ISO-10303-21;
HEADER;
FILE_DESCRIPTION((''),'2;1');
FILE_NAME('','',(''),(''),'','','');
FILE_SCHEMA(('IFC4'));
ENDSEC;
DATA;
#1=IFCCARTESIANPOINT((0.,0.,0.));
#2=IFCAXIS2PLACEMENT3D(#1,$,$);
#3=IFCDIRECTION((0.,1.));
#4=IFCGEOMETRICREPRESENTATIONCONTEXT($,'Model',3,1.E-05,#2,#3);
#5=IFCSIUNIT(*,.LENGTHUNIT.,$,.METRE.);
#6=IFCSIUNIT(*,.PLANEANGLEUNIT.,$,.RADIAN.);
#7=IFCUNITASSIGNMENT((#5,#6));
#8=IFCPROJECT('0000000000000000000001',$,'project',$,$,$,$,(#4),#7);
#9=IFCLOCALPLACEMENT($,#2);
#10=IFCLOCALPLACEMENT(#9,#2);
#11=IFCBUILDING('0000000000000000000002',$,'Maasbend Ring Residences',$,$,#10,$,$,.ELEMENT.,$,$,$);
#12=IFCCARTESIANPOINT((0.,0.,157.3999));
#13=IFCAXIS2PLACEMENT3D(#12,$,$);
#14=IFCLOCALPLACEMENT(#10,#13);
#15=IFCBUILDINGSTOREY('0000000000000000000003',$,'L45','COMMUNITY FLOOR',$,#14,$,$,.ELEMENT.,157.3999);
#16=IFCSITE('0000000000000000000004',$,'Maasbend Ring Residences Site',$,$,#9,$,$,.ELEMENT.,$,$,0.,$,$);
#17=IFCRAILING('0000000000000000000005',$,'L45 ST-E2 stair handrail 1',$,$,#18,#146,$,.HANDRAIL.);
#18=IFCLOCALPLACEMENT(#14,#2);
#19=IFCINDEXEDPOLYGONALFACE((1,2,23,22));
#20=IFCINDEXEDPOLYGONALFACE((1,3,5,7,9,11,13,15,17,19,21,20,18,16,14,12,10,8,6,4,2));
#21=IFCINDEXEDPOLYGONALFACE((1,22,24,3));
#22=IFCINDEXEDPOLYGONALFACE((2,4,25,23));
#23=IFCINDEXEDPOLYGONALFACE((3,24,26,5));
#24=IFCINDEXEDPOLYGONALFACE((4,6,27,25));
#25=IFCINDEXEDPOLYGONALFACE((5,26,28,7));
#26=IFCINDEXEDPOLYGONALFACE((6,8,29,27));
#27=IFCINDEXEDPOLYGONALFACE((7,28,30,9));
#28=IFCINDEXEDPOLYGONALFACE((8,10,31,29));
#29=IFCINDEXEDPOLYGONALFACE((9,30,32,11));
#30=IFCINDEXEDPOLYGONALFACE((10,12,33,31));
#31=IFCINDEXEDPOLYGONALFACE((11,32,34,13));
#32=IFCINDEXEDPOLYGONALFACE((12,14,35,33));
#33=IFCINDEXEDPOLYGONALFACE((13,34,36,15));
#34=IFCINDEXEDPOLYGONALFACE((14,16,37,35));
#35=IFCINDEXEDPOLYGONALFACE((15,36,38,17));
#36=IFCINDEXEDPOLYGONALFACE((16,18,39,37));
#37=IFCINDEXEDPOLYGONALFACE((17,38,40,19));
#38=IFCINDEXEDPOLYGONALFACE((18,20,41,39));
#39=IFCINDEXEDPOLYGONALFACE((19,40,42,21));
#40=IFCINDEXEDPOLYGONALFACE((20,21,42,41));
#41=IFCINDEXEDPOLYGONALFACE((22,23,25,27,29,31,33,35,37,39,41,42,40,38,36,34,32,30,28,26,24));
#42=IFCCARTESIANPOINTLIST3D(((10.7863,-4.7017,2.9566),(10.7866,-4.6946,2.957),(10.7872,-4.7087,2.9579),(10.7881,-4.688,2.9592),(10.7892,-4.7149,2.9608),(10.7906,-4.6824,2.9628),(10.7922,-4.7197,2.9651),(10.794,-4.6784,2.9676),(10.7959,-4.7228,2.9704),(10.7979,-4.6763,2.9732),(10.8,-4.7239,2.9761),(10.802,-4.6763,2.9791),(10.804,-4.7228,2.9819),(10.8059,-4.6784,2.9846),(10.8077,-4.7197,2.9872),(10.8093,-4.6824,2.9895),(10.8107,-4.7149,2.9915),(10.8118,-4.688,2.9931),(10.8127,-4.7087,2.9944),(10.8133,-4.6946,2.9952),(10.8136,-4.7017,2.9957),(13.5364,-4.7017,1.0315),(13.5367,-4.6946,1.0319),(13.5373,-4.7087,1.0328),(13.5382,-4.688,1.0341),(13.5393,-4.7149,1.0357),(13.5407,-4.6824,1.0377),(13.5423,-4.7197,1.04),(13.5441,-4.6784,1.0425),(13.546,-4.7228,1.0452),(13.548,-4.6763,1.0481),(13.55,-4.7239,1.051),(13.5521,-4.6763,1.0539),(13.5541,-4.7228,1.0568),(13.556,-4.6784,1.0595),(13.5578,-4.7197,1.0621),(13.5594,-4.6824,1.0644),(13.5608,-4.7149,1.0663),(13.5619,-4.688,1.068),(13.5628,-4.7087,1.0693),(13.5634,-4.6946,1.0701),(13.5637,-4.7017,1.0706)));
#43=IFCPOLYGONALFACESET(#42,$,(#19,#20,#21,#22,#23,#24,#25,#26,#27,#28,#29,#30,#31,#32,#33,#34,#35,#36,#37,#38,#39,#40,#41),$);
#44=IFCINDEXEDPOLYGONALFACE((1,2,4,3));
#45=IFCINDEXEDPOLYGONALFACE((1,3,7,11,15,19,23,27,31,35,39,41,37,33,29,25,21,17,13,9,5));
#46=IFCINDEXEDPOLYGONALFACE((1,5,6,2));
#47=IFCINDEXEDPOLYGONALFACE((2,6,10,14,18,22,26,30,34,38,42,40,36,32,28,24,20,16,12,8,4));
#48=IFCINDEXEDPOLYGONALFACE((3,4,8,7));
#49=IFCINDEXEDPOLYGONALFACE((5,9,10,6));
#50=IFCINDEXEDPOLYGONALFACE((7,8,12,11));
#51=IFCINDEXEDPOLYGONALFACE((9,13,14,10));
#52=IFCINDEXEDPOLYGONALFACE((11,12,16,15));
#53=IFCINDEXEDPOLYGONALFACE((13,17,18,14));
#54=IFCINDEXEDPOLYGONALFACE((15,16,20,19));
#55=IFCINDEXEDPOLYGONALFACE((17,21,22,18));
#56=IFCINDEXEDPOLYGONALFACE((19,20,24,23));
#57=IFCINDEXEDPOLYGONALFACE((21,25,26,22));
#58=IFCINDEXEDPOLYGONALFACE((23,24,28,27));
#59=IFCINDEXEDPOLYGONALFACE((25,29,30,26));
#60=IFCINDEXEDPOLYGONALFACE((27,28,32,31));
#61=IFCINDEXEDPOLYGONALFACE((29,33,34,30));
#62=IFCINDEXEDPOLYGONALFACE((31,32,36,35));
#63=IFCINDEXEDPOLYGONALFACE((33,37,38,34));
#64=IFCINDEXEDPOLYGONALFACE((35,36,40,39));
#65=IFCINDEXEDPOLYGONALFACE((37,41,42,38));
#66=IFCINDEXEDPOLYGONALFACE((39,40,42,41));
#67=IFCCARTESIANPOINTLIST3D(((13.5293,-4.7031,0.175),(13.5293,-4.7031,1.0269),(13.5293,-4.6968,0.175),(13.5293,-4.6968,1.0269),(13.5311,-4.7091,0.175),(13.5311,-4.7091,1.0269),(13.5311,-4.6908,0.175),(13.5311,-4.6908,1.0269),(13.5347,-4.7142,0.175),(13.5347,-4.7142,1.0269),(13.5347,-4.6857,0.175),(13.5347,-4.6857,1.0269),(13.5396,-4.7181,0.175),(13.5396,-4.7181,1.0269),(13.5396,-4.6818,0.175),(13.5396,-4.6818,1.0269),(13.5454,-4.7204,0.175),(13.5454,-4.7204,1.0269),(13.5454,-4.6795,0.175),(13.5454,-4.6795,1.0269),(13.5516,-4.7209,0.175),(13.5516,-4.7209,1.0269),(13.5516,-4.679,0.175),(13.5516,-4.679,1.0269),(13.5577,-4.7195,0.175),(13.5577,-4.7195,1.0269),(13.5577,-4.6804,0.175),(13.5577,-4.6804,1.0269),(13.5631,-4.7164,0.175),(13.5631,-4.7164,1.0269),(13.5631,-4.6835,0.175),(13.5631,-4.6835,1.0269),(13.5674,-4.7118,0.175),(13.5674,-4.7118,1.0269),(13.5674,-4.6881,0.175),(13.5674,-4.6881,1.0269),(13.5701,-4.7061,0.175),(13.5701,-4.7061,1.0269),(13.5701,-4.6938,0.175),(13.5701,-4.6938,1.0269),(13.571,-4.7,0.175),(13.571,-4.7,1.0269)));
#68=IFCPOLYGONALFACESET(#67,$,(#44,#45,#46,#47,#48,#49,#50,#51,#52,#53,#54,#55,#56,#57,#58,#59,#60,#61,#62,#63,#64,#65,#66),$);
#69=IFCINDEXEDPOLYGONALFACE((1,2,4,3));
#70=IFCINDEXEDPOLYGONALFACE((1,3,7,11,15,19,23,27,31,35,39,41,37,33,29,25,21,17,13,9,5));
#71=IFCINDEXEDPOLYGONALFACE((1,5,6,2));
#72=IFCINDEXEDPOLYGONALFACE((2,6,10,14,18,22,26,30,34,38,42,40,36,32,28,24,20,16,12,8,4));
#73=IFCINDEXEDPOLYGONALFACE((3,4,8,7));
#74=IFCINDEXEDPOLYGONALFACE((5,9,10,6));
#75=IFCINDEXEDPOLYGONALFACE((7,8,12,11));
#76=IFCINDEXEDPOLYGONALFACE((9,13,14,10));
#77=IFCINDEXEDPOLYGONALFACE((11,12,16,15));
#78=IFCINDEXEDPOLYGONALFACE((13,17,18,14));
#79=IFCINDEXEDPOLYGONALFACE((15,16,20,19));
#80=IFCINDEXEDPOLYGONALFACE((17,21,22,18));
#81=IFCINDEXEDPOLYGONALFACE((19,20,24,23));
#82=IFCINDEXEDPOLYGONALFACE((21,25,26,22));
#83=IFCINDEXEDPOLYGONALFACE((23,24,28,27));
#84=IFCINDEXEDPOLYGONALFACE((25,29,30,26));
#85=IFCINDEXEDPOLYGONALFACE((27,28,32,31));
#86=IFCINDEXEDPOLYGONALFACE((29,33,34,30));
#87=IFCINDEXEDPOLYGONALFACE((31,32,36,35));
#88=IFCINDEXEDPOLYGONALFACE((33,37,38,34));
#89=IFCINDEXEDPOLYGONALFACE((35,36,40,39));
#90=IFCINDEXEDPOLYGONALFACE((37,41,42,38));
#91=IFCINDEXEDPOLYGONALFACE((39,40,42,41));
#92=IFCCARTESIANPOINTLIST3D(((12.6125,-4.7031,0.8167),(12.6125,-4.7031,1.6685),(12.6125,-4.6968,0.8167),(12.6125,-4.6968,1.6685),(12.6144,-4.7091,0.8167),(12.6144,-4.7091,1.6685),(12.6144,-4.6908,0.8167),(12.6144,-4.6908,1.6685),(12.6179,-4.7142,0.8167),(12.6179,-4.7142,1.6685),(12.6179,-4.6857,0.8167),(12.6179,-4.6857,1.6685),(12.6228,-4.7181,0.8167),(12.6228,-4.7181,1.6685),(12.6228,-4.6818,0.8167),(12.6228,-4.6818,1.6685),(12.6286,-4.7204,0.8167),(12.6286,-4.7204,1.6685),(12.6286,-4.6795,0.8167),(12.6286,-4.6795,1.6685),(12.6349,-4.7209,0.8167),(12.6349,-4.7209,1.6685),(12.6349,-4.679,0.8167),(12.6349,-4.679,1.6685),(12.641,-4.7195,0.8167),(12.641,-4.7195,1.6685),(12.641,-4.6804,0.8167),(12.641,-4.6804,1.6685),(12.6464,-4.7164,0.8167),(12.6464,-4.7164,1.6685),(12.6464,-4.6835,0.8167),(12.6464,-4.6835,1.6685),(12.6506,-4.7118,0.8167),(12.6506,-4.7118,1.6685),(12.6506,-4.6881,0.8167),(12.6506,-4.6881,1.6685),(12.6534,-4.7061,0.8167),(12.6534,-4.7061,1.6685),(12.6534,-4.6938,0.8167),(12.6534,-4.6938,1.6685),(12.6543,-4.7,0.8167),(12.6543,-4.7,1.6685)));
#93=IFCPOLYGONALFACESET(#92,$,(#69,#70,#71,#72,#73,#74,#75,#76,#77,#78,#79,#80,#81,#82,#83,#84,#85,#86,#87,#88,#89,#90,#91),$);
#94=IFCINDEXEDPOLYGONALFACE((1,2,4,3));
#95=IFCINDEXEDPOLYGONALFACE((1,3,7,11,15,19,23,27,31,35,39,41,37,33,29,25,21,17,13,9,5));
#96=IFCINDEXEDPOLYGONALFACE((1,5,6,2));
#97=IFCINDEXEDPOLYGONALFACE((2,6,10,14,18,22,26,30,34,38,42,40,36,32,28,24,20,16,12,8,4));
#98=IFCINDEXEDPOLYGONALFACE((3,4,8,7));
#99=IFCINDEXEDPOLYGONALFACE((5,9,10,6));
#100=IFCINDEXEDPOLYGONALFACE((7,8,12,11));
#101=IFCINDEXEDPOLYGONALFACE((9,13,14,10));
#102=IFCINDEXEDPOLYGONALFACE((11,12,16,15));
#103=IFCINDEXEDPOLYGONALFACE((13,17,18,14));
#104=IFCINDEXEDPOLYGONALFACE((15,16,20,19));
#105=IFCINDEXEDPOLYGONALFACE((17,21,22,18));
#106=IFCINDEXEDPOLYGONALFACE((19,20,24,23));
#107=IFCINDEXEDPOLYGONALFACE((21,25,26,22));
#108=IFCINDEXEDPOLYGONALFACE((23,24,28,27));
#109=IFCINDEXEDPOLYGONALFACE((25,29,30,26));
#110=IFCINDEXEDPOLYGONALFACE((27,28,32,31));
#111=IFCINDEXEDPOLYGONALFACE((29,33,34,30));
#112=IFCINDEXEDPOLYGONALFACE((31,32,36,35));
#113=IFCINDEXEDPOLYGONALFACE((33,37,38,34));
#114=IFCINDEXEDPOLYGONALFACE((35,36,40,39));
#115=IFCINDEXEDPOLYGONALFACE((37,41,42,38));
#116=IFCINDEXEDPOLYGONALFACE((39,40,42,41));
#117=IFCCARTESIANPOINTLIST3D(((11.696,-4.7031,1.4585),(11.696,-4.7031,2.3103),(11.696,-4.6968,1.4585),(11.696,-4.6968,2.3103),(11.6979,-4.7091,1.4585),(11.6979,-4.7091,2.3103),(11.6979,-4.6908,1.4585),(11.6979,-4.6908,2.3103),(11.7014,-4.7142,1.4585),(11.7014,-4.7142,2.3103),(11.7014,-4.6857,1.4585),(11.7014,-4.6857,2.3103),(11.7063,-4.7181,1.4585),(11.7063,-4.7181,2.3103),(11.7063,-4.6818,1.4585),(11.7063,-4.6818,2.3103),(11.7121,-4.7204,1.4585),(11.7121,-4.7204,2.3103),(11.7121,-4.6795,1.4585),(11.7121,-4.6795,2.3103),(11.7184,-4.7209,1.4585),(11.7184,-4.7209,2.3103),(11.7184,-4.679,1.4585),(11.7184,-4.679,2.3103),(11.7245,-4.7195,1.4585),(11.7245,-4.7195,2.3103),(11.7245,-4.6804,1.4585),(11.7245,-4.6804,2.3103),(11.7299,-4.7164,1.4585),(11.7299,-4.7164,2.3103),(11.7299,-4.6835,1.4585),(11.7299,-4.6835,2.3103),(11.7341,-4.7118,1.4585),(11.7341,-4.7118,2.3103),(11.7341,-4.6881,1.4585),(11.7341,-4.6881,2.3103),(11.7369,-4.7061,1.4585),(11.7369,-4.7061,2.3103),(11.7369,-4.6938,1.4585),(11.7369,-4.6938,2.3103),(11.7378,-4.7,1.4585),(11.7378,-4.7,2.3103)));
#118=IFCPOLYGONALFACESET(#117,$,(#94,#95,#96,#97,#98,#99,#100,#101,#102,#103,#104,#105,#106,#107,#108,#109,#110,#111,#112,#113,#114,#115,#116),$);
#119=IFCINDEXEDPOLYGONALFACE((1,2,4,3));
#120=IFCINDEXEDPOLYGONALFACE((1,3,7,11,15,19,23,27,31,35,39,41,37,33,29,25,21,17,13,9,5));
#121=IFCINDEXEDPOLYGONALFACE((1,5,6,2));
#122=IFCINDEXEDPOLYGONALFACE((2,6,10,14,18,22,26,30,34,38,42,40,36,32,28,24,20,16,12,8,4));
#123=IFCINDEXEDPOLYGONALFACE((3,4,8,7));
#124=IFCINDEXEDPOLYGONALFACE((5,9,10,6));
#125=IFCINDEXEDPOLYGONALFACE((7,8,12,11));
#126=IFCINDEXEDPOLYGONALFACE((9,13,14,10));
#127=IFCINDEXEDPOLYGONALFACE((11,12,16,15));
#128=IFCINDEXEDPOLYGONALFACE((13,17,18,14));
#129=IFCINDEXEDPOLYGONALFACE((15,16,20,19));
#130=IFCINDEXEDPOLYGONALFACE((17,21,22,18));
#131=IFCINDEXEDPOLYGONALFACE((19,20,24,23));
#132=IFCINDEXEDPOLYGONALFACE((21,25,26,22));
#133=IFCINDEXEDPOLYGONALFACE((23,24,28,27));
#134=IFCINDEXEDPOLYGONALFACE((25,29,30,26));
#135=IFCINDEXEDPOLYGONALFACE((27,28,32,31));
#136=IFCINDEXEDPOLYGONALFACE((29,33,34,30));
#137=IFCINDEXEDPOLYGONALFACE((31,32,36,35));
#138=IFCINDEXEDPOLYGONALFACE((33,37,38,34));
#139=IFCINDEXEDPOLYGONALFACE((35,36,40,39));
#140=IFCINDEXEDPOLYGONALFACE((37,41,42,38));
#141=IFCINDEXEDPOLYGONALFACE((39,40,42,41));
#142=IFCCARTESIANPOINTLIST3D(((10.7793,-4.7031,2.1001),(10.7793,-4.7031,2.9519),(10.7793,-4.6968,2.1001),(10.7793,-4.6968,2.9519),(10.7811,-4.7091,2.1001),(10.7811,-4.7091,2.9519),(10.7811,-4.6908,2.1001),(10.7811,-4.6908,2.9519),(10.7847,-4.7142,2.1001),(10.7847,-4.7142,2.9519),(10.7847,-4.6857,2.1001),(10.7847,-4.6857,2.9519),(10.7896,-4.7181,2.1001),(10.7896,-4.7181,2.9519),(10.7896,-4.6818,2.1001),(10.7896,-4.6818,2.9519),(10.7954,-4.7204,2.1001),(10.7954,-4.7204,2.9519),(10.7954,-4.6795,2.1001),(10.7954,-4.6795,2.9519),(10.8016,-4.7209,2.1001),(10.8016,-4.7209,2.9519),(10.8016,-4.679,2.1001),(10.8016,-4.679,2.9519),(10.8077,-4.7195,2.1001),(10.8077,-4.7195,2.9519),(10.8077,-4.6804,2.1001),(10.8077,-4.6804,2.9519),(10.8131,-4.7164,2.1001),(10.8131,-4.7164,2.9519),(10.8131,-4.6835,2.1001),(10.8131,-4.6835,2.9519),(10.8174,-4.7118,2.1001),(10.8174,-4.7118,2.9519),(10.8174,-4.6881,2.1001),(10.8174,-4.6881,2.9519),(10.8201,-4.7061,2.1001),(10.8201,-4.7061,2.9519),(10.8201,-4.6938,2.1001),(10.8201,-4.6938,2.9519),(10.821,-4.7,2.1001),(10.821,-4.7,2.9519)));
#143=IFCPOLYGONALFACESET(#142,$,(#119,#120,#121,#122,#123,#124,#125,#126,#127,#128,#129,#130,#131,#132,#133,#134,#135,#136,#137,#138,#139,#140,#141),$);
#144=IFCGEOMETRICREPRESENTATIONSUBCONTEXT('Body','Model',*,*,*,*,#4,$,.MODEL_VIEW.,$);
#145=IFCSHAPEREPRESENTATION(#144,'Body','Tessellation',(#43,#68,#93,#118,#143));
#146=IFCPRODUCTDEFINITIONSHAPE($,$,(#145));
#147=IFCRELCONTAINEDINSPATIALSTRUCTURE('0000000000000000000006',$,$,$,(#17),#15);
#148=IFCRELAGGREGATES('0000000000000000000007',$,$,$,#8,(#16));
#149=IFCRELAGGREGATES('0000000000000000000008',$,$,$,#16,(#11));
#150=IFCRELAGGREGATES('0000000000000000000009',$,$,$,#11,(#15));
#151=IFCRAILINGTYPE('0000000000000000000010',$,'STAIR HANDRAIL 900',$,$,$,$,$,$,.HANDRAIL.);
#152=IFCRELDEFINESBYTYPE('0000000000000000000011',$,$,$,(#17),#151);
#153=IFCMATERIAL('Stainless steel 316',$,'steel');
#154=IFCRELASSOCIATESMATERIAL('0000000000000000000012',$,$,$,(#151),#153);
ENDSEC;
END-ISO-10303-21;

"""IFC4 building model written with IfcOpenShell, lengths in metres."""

from ifc_helpers import new_model, si_unit, direction, frame, origin, origin_2d, place, context, subcontext, project, spatial, circle, extrude, material, type_object, element, save


model = new_model("IFC4")

# Units and contexts
model_context = context("Model", 3, precision=1e-05, world=origin(), true_north=direction((0.0, 1.0)))
body_context = subcontext(model_context, "Body", "Model", "MODEL_VIEW")
ifc_project = project(units=[si_unit("LENGTHUNIT", "METRE"), si_unit("PLANEANGLEUNIT", "RADIAN")], contexts=[model_context])

# Site, building, storey
site_placement = place(None, origin())
site = spatial("IfcSite", under=ifc_project, at=site_placement, Name="Maasbend Ring Residences Site", CompositionType="ELEMENT", RefElevation=0.0)
building_placement = place(site_placement, origin())
building = spatial("IfcBuilding", under=site, at=building_placement, Name="Maasbend Ring Residences", CompositionType="ELEMENT")
storey_placement = place(building_placement, frame((0.0, 0.0, 157.3999)))
storey = spatial("IfcBuildingStorey", under=building, at=storey_placement, Name="L45", Description="COMMUNITY FLOOR", CompositionType="ELEMENT", Elevation=157.3999)

# Railing
ifc_material_1 = material(Name="Stainless steel 316", Category="steel")
railing_type_1 = type_object("IfcRailingType", Name="STAIR HANDRAIL 900", PredefinedType="HANDRAIL", material=ifc_material_1)
railing_1_placement = place(storey_placement, frame((13.55, -4.7, 0.175)))
element("IfcRailing", 1, at=railing_1_placement, inside=storey, type_object=railing_type_1, Name="L45 ST-E2 stair handrail 1", PredefinedType="HANDRAIL", context=body_context, shape_type="SweptSolid", body=[
    extrude(circle(Radius=0.0239, at=origin_2d()), frame((0.0, 0.0, 0.876), z_axis=(-0.819225, 0.0, 0.573472), x_axis=(0.0, -1.0, 0.0)), (0.0, 0.0, 1.0), 3.3569),
    extrude(circle(Radius=0.021, at=origin_2d()), origin(), (0.0, 0.0, 1.0), 0.8518),
    extrude(circle(Radius=0.021, at=origin_2d()), frame((-0.9167, 0.0, 0.6416)), (0.0, 0.0, 1.0), 0.8518),
    extrude(circle(Radius=0.021, at=origin_2d()), frame((-1.8333, 0.0, 1.2834)), (0.0, 0.0, 1.0), 0.8518),
    extrude(circle(Radius=0.021, at=origin_2d()), frame((-2.75, 0.0, 1.925)), (0.0, 0.0, 1.0), 0.8518),
])

save(model, "model.ifc")
